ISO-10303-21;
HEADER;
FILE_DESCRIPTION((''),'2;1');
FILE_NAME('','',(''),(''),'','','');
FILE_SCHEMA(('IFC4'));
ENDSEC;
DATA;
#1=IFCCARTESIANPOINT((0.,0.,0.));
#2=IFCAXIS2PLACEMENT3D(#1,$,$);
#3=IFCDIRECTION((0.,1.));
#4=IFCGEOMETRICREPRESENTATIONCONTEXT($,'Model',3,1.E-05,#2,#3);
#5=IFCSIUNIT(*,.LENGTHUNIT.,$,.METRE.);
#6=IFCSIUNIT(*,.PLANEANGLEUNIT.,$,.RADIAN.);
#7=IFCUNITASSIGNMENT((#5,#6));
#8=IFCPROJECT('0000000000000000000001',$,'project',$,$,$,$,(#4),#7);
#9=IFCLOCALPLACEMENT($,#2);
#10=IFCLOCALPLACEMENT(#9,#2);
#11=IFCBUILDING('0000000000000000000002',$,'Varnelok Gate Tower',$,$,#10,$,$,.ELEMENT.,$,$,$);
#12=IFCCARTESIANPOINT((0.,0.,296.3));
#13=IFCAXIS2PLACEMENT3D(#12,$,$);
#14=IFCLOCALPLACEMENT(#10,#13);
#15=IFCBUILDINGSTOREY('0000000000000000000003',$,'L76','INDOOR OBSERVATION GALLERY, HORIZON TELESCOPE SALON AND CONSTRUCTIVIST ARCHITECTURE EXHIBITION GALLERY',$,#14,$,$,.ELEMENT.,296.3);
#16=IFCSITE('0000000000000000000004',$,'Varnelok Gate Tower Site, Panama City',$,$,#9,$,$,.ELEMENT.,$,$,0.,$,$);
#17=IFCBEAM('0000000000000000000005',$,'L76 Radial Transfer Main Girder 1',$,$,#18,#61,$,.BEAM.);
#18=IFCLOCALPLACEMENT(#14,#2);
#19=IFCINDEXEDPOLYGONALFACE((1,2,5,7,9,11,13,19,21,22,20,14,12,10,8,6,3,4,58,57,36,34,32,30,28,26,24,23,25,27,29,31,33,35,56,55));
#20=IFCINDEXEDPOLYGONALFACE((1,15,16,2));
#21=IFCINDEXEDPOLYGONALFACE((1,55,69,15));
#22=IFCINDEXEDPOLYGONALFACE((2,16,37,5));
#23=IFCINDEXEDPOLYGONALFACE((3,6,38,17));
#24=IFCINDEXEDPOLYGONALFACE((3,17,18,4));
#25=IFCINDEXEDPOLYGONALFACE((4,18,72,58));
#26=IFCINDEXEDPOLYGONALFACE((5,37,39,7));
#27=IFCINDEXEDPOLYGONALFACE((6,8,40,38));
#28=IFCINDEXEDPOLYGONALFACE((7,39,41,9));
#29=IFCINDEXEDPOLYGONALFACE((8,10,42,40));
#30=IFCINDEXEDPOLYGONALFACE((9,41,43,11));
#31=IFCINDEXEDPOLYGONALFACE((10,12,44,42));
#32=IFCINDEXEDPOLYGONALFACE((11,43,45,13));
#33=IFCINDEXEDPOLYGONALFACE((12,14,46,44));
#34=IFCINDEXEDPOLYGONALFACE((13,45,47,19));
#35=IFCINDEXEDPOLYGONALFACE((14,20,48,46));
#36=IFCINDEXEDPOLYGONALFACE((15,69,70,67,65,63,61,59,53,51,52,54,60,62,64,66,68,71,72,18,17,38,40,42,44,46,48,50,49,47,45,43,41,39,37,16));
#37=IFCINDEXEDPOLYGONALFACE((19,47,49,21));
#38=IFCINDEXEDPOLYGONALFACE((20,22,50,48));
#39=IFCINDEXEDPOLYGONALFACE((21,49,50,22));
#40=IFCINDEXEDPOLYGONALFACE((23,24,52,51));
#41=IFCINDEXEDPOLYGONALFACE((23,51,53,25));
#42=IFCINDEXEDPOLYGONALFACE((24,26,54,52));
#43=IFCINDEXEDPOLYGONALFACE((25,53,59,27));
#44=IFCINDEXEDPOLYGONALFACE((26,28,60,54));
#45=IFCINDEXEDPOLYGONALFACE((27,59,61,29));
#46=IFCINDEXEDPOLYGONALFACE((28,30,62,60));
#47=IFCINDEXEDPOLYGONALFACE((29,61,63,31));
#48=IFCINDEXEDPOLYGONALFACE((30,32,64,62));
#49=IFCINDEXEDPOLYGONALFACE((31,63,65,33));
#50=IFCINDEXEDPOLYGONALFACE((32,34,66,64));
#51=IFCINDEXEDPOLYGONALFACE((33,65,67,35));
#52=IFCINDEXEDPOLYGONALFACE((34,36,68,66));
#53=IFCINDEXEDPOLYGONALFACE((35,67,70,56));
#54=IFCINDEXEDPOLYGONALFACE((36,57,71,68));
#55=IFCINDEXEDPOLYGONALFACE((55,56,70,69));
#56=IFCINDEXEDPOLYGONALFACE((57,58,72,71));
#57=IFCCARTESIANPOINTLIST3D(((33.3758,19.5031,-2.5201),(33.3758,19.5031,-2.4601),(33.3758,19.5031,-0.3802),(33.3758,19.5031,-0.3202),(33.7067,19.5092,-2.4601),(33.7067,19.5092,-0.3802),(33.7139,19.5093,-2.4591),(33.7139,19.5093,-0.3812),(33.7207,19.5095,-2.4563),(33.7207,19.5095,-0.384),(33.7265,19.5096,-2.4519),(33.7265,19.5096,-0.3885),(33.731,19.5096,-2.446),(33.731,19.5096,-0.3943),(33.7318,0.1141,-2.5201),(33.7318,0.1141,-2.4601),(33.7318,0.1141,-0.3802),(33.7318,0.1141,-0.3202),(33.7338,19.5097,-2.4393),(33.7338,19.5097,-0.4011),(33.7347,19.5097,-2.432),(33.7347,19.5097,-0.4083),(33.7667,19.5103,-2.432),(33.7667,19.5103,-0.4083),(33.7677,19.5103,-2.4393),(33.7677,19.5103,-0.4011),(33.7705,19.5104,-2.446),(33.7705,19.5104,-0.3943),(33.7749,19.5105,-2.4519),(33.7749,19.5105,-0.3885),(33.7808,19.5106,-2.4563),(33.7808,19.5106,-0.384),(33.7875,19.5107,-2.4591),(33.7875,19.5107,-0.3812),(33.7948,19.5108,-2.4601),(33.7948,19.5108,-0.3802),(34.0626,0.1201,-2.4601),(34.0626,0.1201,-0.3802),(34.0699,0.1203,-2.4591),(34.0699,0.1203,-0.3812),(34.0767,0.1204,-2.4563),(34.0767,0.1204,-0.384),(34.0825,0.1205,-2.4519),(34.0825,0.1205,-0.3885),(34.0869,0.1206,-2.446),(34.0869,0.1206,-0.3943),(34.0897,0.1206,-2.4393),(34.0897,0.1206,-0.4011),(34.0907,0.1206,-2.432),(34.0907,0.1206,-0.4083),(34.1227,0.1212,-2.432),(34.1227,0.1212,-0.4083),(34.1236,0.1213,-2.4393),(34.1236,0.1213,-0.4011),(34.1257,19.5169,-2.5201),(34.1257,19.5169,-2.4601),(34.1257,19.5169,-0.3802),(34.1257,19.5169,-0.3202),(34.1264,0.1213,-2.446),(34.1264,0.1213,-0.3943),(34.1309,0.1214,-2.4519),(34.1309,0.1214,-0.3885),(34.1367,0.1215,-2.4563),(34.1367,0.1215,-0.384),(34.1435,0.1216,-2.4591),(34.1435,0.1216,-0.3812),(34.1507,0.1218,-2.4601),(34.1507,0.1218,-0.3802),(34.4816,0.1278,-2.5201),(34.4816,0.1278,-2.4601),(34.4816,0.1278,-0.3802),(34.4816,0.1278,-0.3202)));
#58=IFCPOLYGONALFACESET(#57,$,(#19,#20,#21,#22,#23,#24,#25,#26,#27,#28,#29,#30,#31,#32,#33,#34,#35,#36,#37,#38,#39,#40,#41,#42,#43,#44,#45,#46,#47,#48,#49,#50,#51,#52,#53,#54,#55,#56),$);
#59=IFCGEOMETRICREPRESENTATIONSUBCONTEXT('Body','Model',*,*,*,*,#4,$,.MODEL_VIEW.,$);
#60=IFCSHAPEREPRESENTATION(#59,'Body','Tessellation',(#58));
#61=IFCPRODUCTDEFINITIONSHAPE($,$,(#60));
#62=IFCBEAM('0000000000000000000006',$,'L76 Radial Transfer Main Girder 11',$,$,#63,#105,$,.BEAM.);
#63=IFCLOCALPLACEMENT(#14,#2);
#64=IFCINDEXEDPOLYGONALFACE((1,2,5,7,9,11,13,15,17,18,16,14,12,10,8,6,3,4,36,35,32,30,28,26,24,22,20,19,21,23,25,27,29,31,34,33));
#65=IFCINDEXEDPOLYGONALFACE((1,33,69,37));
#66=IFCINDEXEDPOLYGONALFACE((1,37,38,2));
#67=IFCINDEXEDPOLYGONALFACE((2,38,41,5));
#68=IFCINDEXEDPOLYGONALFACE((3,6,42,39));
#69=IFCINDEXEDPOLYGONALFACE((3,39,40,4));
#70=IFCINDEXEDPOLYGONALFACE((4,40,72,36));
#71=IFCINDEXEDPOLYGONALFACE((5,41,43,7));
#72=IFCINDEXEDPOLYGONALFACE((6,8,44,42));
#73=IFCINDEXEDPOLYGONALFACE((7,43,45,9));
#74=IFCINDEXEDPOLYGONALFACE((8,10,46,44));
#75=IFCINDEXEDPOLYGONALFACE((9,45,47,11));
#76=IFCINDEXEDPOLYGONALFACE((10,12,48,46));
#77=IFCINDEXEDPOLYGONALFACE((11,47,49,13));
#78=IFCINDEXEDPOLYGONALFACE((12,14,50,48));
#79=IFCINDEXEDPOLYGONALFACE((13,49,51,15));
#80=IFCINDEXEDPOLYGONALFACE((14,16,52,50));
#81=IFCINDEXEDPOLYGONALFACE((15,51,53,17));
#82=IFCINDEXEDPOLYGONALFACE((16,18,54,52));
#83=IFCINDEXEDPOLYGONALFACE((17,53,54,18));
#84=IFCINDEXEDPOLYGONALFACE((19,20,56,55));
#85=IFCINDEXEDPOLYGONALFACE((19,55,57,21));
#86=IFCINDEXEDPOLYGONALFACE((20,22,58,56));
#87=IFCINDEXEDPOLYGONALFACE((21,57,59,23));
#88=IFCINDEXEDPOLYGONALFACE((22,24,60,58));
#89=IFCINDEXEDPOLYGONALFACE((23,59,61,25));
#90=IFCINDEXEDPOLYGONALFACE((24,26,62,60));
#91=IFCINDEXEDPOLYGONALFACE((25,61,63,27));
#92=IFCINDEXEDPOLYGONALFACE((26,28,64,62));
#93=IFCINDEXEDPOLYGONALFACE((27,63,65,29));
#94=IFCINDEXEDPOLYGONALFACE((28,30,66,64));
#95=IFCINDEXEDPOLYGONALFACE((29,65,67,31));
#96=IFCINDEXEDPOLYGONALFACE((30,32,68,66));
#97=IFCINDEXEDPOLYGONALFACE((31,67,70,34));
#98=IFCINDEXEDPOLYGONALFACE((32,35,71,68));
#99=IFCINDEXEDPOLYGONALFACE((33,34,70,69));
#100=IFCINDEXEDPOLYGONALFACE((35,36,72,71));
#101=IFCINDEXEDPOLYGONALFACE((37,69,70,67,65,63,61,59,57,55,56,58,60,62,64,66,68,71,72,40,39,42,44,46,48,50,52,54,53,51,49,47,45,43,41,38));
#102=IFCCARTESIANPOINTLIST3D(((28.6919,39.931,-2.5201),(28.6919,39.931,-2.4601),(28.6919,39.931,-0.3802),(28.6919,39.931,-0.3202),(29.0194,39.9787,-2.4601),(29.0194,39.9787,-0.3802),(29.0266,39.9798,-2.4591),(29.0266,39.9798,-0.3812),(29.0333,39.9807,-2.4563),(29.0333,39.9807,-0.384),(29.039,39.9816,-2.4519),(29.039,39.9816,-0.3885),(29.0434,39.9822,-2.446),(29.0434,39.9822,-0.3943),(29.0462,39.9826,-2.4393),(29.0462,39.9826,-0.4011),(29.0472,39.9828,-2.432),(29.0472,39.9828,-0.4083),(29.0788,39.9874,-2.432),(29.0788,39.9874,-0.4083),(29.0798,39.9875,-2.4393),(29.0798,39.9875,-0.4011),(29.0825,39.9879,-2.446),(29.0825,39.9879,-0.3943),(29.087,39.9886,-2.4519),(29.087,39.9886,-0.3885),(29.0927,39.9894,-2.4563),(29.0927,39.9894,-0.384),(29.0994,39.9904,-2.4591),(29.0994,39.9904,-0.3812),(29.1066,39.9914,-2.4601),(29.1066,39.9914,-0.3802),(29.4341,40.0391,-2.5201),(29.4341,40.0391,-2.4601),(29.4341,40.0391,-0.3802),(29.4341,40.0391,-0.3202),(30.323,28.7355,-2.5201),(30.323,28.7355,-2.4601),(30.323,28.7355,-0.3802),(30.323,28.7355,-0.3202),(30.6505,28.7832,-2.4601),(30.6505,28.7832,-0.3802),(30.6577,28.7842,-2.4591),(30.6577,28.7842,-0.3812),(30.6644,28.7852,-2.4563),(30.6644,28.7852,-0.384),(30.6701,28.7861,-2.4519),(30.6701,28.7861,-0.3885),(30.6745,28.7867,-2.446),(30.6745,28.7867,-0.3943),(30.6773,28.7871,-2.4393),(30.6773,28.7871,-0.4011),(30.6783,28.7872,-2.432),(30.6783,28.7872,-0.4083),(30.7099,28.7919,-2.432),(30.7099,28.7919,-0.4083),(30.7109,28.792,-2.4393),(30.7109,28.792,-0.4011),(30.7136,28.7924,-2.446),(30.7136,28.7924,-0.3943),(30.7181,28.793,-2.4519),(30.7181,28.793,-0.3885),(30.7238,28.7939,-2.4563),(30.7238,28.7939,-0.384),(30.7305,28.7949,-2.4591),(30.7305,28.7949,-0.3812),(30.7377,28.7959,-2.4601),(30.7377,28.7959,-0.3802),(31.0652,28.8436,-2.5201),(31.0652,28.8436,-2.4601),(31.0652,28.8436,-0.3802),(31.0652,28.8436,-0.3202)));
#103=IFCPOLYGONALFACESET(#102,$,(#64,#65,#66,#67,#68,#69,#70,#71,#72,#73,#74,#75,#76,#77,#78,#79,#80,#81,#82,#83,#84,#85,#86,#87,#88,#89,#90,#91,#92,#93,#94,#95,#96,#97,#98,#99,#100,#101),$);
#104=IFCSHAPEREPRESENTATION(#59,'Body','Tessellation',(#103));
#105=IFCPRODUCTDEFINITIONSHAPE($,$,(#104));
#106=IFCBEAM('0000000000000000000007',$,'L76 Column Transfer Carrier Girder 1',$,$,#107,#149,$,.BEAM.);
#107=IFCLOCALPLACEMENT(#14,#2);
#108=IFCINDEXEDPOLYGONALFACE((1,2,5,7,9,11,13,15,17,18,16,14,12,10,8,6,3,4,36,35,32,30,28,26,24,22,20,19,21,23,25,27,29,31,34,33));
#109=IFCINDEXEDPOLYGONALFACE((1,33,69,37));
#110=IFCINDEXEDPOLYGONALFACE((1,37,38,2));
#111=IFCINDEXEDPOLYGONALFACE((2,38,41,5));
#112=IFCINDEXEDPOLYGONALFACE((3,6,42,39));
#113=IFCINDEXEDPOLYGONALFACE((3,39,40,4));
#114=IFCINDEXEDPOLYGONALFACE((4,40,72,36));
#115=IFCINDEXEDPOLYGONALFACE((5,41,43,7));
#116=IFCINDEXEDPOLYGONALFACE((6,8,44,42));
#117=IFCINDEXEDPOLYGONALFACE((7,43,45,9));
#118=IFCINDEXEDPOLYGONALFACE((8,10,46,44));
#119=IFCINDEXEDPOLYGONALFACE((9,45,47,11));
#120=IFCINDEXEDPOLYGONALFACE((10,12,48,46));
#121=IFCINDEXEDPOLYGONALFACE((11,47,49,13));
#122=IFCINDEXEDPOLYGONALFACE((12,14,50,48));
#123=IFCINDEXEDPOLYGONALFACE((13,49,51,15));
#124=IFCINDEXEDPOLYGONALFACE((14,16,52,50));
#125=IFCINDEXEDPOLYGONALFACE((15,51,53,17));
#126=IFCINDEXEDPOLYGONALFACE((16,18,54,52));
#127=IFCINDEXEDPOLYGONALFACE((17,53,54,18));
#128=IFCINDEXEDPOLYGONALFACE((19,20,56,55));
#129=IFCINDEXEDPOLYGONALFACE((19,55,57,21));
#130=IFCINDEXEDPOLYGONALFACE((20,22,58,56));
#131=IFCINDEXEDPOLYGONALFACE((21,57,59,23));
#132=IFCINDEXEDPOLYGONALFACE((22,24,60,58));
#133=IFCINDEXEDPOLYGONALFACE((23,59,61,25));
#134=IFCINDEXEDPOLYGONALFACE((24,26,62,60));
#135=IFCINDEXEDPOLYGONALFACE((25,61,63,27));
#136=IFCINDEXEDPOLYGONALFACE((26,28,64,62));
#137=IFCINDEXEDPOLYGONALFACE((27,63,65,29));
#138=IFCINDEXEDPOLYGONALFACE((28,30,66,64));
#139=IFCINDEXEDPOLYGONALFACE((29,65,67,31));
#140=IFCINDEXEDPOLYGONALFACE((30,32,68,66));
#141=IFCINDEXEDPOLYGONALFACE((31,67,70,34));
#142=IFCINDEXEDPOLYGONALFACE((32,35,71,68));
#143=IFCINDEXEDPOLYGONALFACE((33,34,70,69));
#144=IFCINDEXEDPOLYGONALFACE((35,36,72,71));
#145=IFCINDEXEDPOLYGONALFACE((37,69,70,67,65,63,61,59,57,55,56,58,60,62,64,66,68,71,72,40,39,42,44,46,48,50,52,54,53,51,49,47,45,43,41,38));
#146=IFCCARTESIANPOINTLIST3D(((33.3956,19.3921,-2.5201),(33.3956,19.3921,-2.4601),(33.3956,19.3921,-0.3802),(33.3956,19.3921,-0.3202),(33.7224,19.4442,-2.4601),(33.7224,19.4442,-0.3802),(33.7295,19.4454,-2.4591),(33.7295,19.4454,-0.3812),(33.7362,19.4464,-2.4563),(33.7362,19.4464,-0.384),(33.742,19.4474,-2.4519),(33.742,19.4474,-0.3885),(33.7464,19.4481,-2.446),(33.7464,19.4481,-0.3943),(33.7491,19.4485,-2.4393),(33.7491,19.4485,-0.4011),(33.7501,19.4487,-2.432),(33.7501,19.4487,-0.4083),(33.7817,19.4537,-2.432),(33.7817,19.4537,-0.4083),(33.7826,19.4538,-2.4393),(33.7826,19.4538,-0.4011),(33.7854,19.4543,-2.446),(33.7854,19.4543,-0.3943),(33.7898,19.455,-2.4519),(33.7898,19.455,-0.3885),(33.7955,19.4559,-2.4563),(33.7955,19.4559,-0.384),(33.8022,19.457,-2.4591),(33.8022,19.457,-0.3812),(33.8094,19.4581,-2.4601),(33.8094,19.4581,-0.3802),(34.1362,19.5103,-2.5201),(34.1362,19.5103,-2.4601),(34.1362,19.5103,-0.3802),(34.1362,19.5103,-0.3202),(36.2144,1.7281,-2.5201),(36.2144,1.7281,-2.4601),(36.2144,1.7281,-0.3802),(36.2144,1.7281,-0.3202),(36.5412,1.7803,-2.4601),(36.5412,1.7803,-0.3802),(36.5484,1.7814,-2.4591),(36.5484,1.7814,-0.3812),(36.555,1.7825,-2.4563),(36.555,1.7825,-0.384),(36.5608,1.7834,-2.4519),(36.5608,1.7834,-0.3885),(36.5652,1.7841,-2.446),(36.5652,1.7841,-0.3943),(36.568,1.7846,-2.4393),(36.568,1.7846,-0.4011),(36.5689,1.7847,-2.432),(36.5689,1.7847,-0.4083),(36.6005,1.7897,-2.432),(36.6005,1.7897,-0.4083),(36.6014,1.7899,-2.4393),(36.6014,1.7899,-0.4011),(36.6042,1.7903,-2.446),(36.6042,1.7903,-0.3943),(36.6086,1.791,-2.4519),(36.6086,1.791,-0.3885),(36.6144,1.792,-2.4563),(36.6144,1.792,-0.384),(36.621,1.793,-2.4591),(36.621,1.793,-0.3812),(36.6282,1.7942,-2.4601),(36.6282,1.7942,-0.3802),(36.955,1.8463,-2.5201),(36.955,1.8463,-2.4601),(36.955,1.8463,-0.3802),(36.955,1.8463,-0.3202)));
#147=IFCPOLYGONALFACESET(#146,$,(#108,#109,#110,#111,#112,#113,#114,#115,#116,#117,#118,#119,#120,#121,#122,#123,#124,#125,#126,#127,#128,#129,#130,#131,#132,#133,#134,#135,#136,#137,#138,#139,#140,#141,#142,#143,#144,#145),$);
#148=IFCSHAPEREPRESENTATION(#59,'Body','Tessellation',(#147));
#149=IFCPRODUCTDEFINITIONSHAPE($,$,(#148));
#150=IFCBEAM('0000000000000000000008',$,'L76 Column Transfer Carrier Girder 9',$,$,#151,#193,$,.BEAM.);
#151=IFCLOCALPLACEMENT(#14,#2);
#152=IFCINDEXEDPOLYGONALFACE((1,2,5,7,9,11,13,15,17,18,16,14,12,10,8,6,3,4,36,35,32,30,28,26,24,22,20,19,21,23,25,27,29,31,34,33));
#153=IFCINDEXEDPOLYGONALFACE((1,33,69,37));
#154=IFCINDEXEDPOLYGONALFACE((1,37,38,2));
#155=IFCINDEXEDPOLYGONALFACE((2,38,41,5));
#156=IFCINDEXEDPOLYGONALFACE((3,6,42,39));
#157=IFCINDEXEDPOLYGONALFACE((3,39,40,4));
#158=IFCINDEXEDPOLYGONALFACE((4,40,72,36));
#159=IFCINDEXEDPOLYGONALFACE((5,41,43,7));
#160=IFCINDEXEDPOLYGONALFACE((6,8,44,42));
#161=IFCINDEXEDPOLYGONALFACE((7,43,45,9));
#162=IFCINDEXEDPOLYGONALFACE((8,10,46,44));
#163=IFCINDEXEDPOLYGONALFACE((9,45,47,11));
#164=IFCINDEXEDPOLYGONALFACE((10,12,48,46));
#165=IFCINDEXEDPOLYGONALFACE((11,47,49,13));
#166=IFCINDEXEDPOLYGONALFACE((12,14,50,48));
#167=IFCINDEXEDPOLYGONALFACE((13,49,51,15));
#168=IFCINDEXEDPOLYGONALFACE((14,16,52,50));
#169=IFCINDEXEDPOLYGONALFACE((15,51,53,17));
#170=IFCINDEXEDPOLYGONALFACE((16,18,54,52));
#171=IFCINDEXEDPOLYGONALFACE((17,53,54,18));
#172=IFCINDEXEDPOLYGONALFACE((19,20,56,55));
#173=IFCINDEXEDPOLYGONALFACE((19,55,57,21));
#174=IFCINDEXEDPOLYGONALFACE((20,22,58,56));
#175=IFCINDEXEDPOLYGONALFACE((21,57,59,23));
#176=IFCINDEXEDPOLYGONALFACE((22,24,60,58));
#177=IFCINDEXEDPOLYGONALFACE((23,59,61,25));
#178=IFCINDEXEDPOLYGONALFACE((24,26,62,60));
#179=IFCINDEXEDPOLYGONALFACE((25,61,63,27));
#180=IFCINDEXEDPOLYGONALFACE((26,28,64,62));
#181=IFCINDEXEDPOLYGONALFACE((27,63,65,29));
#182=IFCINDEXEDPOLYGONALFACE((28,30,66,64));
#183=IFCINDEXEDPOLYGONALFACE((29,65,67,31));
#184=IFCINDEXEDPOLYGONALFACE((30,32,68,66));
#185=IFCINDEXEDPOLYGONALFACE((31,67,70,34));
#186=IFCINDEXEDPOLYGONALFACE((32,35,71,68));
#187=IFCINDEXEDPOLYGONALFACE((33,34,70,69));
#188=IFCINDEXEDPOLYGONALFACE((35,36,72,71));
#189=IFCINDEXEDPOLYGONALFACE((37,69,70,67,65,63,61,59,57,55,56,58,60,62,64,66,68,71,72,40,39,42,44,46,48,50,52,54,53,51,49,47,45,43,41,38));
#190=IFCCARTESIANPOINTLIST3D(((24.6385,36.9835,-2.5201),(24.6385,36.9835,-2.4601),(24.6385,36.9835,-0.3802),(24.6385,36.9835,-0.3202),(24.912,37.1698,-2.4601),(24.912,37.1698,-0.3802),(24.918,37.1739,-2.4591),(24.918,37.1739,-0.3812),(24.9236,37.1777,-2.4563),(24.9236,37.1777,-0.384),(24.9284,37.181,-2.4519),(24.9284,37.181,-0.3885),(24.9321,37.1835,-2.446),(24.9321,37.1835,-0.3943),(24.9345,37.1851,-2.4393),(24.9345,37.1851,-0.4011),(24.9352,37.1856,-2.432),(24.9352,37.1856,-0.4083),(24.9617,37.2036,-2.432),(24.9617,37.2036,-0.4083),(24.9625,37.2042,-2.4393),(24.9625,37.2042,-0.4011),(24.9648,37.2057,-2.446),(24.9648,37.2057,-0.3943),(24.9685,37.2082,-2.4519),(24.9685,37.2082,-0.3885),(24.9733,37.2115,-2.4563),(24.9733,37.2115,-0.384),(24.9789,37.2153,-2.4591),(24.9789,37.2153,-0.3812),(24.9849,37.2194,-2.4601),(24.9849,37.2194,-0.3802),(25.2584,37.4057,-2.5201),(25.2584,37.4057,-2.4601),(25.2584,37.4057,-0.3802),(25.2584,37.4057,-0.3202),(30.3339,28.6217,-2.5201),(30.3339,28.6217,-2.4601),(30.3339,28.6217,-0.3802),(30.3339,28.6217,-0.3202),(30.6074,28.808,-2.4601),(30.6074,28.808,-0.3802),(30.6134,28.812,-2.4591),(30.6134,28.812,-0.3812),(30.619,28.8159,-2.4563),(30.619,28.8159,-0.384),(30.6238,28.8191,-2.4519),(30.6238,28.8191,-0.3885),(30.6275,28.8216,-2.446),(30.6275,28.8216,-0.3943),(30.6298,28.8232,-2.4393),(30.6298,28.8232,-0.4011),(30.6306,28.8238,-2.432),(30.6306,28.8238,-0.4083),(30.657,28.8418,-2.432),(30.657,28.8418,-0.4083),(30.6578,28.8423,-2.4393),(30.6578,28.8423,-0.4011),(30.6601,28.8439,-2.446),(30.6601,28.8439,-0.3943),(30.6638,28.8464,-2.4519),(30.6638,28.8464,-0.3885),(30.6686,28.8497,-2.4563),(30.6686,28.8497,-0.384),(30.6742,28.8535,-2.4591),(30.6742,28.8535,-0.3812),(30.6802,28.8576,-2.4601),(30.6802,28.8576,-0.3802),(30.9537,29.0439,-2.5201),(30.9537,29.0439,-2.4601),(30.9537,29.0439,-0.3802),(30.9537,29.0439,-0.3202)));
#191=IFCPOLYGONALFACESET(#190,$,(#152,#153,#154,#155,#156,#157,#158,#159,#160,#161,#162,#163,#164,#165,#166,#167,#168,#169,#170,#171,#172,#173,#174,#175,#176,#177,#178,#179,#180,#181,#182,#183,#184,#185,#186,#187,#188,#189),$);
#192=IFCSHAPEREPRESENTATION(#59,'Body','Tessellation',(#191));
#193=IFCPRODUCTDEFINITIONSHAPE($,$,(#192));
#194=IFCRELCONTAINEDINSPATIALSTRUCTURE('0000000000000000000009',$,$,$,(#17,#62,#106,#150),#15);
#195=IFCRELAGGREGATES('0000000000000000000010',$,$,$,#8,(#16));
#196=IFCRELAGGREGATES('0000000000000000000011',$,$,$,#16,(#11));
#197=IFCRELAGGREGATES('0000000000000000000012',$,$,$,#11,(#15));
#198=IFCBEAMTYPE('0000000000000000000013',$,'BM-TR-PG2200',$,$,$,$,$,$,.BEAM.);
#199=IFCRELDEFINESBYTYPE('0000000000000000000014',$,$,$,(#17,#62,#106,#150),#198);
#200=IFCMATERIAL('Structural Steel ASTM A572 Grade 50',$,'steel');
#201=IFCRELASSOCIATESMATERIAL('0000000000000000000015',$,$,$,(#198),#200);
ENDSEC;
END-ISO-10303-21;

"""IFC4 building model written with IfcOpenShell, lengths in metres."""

from ifc_helpers import new_model, si_unit, direction, frame, origin, origin_2d, place, context, subcontext, project, spatial, i_section, extrude, material, material_profile, profile_set, type_object, element, save


model = new_model("IFC4")

# Units and contexts
model_context = context("Model", 3, precision=1e-05, world=origin(), true_north=direction((0.0, 1.0)))
body_context = subcontext(model_context, "Body", "Model", "MODEL_VIEW")
ifc_project = project(units=[si_unit("LENGTHUNIT", "METRE"), si_unit("PLANEANGLEUNIT", "RADIAN")], contexts=[model_context])

# Site, building, storey
site_placement = place(None, origin())
site = spatial("IfcSite", under=ifc_project, at=site_placement, Name="Varnelok Gate Tower Site, Panama City", CompositionType="ELEMENT", RefElevation=0.0)
building_placement = place(site_placement, origin())
building = spatial("IfcBuilding", under=site, at=building_placement, Name="Varnelok Gate Tower", CompositionType="ELEMENT")
storey_placement = place(building_placement, frame((0.0, 0.0, 296.3)))
storey = spatial("IfcBuildingStorey", under=building, at=storey_placement, Name="L76", Description="INDOOR OBSERVATION GALLERY, HORIZON TELESCOPE SALON AND CONSTRUCTIVIST ARCHITECTURE EXHIBITION GALLERY", CompositionType="ELEMENT", Elevation=296.3)

# Beams
ifc_material_1 = material(Name="Structural Steel ASTM A572 Grade 50", Category="steel")
ifc_material_profile_1 = material_profile(ifc_material_1, i_section(OverallWidth=0.75, OverallDepth=2.2, WebThickness=0.032, FlangeThickness=0.0601, FilletRadius=0.0281, at=origin_2d()), Name="PG2200X750")
ifc_profile_set_1 = profile_set([ifc_material_profile_1], Name="Structural Steel ASTM A572 Grade 50")
beam_type_1 = type_object("IfcBeamType", Name="BM-TR-PG2200", PredefinedType="BEAM", material=ifc_profile_set_1)
beam_1_placement = place(storey_placement, frame((33.7507, 19.51, -1.4202), z_axis=(0.018355, -0.999832, 0.0), x_axis=(0.999832, 0.018355, 0.0)))
element("IfcBeam", 1, at=beam_1_placement, inside=storey, type_object=beam_type_1, Name="L76 Radial Transfer Main Girder 1", PredefinedType="BEAM", context=body_context, shape_type="SweptSolid", body=[
    extrude(i_section(OverallWidth=0.75, OverallDepth=2.2, WebThickness=0.032, FlangeThickness=0.0601, FilletRadius=0.0281, at=origin_2d()), origin(), (0.0, 0.0, 1.0), 19.3923),
])
beam_2_placement = place(storey_placement, frame((30.6941, 28.7896, -1.4202), z_axis=(-0.14417, 0.989553, 0.0), x_axis=(-0.989553, -0.14417, 0.0)))
element("IfcBeam", 2, at=beam_2_placement, inside=storey, type_object=beam_type_1, Name="L76 Radial Transfer Main Girder 11", PredefinedType="BEAM", context=body_context, shape_type="SweptSolid", body=[
    extrude(i_section(OverallWidth=0.75, OverallDepth=2.2, WebThickness=0.032, FlangeThickness=0.0601, FilletRadius=0.0281, at=origin_2d()), origin(), (0.0, 0.0, 1.0), 11.3137),
])
beam_3_placement = place(storey_placement, frame((33.7659, 19.4512, -1.4202), z_axis=(0.157587, -0.987505, 0.0), x_axis=(0.987505, 0.157587, 0.0)))
element("IfcBeam", 3, at=beam_3_placement, inside=storey, type_object=beam_type_1, Name="L76 Column Transfer Carrier Girder 1", PredefinedType="BEAM", context=body_context, shape_type="SweptSolid", body=[
    extrude(i_section(OverallWidth=0.75, OverallDepth=2.2, WebThickness=0.032, FlangeThickness=0.0601, FilletRadius=0.0281, at=origin_2d()), origin(), (0.0, 0.0, 1.0), 17.8875),
])
beam_4_placement = place(storey_placement, frame((30.6438, 28.8328, -1.4202), z_axis=(-0.562937, 0.8265, 0.0), x_axis=(-0.8265, -0.562937, 0.0)))
element("IfcBeam", 4, at=beam_4_placement, inside=storey, type_object=beam_type_1, Name="L76 Column Transfer Carrier Girder 9", PredefinedType="BEAM", context=body_context, shape_type="SweptSolid", body=[
    extrude(i_section(OverallWidth=0.75, OverallDepth=2.2, WebThickness=0.032, FlangeThickness=0.0601, FilletRadius=0.0281, at=origin_2d()), origin(), (0.0, 0.0, 1.0), 10.1172),
])

save(model, "model.ifc")
